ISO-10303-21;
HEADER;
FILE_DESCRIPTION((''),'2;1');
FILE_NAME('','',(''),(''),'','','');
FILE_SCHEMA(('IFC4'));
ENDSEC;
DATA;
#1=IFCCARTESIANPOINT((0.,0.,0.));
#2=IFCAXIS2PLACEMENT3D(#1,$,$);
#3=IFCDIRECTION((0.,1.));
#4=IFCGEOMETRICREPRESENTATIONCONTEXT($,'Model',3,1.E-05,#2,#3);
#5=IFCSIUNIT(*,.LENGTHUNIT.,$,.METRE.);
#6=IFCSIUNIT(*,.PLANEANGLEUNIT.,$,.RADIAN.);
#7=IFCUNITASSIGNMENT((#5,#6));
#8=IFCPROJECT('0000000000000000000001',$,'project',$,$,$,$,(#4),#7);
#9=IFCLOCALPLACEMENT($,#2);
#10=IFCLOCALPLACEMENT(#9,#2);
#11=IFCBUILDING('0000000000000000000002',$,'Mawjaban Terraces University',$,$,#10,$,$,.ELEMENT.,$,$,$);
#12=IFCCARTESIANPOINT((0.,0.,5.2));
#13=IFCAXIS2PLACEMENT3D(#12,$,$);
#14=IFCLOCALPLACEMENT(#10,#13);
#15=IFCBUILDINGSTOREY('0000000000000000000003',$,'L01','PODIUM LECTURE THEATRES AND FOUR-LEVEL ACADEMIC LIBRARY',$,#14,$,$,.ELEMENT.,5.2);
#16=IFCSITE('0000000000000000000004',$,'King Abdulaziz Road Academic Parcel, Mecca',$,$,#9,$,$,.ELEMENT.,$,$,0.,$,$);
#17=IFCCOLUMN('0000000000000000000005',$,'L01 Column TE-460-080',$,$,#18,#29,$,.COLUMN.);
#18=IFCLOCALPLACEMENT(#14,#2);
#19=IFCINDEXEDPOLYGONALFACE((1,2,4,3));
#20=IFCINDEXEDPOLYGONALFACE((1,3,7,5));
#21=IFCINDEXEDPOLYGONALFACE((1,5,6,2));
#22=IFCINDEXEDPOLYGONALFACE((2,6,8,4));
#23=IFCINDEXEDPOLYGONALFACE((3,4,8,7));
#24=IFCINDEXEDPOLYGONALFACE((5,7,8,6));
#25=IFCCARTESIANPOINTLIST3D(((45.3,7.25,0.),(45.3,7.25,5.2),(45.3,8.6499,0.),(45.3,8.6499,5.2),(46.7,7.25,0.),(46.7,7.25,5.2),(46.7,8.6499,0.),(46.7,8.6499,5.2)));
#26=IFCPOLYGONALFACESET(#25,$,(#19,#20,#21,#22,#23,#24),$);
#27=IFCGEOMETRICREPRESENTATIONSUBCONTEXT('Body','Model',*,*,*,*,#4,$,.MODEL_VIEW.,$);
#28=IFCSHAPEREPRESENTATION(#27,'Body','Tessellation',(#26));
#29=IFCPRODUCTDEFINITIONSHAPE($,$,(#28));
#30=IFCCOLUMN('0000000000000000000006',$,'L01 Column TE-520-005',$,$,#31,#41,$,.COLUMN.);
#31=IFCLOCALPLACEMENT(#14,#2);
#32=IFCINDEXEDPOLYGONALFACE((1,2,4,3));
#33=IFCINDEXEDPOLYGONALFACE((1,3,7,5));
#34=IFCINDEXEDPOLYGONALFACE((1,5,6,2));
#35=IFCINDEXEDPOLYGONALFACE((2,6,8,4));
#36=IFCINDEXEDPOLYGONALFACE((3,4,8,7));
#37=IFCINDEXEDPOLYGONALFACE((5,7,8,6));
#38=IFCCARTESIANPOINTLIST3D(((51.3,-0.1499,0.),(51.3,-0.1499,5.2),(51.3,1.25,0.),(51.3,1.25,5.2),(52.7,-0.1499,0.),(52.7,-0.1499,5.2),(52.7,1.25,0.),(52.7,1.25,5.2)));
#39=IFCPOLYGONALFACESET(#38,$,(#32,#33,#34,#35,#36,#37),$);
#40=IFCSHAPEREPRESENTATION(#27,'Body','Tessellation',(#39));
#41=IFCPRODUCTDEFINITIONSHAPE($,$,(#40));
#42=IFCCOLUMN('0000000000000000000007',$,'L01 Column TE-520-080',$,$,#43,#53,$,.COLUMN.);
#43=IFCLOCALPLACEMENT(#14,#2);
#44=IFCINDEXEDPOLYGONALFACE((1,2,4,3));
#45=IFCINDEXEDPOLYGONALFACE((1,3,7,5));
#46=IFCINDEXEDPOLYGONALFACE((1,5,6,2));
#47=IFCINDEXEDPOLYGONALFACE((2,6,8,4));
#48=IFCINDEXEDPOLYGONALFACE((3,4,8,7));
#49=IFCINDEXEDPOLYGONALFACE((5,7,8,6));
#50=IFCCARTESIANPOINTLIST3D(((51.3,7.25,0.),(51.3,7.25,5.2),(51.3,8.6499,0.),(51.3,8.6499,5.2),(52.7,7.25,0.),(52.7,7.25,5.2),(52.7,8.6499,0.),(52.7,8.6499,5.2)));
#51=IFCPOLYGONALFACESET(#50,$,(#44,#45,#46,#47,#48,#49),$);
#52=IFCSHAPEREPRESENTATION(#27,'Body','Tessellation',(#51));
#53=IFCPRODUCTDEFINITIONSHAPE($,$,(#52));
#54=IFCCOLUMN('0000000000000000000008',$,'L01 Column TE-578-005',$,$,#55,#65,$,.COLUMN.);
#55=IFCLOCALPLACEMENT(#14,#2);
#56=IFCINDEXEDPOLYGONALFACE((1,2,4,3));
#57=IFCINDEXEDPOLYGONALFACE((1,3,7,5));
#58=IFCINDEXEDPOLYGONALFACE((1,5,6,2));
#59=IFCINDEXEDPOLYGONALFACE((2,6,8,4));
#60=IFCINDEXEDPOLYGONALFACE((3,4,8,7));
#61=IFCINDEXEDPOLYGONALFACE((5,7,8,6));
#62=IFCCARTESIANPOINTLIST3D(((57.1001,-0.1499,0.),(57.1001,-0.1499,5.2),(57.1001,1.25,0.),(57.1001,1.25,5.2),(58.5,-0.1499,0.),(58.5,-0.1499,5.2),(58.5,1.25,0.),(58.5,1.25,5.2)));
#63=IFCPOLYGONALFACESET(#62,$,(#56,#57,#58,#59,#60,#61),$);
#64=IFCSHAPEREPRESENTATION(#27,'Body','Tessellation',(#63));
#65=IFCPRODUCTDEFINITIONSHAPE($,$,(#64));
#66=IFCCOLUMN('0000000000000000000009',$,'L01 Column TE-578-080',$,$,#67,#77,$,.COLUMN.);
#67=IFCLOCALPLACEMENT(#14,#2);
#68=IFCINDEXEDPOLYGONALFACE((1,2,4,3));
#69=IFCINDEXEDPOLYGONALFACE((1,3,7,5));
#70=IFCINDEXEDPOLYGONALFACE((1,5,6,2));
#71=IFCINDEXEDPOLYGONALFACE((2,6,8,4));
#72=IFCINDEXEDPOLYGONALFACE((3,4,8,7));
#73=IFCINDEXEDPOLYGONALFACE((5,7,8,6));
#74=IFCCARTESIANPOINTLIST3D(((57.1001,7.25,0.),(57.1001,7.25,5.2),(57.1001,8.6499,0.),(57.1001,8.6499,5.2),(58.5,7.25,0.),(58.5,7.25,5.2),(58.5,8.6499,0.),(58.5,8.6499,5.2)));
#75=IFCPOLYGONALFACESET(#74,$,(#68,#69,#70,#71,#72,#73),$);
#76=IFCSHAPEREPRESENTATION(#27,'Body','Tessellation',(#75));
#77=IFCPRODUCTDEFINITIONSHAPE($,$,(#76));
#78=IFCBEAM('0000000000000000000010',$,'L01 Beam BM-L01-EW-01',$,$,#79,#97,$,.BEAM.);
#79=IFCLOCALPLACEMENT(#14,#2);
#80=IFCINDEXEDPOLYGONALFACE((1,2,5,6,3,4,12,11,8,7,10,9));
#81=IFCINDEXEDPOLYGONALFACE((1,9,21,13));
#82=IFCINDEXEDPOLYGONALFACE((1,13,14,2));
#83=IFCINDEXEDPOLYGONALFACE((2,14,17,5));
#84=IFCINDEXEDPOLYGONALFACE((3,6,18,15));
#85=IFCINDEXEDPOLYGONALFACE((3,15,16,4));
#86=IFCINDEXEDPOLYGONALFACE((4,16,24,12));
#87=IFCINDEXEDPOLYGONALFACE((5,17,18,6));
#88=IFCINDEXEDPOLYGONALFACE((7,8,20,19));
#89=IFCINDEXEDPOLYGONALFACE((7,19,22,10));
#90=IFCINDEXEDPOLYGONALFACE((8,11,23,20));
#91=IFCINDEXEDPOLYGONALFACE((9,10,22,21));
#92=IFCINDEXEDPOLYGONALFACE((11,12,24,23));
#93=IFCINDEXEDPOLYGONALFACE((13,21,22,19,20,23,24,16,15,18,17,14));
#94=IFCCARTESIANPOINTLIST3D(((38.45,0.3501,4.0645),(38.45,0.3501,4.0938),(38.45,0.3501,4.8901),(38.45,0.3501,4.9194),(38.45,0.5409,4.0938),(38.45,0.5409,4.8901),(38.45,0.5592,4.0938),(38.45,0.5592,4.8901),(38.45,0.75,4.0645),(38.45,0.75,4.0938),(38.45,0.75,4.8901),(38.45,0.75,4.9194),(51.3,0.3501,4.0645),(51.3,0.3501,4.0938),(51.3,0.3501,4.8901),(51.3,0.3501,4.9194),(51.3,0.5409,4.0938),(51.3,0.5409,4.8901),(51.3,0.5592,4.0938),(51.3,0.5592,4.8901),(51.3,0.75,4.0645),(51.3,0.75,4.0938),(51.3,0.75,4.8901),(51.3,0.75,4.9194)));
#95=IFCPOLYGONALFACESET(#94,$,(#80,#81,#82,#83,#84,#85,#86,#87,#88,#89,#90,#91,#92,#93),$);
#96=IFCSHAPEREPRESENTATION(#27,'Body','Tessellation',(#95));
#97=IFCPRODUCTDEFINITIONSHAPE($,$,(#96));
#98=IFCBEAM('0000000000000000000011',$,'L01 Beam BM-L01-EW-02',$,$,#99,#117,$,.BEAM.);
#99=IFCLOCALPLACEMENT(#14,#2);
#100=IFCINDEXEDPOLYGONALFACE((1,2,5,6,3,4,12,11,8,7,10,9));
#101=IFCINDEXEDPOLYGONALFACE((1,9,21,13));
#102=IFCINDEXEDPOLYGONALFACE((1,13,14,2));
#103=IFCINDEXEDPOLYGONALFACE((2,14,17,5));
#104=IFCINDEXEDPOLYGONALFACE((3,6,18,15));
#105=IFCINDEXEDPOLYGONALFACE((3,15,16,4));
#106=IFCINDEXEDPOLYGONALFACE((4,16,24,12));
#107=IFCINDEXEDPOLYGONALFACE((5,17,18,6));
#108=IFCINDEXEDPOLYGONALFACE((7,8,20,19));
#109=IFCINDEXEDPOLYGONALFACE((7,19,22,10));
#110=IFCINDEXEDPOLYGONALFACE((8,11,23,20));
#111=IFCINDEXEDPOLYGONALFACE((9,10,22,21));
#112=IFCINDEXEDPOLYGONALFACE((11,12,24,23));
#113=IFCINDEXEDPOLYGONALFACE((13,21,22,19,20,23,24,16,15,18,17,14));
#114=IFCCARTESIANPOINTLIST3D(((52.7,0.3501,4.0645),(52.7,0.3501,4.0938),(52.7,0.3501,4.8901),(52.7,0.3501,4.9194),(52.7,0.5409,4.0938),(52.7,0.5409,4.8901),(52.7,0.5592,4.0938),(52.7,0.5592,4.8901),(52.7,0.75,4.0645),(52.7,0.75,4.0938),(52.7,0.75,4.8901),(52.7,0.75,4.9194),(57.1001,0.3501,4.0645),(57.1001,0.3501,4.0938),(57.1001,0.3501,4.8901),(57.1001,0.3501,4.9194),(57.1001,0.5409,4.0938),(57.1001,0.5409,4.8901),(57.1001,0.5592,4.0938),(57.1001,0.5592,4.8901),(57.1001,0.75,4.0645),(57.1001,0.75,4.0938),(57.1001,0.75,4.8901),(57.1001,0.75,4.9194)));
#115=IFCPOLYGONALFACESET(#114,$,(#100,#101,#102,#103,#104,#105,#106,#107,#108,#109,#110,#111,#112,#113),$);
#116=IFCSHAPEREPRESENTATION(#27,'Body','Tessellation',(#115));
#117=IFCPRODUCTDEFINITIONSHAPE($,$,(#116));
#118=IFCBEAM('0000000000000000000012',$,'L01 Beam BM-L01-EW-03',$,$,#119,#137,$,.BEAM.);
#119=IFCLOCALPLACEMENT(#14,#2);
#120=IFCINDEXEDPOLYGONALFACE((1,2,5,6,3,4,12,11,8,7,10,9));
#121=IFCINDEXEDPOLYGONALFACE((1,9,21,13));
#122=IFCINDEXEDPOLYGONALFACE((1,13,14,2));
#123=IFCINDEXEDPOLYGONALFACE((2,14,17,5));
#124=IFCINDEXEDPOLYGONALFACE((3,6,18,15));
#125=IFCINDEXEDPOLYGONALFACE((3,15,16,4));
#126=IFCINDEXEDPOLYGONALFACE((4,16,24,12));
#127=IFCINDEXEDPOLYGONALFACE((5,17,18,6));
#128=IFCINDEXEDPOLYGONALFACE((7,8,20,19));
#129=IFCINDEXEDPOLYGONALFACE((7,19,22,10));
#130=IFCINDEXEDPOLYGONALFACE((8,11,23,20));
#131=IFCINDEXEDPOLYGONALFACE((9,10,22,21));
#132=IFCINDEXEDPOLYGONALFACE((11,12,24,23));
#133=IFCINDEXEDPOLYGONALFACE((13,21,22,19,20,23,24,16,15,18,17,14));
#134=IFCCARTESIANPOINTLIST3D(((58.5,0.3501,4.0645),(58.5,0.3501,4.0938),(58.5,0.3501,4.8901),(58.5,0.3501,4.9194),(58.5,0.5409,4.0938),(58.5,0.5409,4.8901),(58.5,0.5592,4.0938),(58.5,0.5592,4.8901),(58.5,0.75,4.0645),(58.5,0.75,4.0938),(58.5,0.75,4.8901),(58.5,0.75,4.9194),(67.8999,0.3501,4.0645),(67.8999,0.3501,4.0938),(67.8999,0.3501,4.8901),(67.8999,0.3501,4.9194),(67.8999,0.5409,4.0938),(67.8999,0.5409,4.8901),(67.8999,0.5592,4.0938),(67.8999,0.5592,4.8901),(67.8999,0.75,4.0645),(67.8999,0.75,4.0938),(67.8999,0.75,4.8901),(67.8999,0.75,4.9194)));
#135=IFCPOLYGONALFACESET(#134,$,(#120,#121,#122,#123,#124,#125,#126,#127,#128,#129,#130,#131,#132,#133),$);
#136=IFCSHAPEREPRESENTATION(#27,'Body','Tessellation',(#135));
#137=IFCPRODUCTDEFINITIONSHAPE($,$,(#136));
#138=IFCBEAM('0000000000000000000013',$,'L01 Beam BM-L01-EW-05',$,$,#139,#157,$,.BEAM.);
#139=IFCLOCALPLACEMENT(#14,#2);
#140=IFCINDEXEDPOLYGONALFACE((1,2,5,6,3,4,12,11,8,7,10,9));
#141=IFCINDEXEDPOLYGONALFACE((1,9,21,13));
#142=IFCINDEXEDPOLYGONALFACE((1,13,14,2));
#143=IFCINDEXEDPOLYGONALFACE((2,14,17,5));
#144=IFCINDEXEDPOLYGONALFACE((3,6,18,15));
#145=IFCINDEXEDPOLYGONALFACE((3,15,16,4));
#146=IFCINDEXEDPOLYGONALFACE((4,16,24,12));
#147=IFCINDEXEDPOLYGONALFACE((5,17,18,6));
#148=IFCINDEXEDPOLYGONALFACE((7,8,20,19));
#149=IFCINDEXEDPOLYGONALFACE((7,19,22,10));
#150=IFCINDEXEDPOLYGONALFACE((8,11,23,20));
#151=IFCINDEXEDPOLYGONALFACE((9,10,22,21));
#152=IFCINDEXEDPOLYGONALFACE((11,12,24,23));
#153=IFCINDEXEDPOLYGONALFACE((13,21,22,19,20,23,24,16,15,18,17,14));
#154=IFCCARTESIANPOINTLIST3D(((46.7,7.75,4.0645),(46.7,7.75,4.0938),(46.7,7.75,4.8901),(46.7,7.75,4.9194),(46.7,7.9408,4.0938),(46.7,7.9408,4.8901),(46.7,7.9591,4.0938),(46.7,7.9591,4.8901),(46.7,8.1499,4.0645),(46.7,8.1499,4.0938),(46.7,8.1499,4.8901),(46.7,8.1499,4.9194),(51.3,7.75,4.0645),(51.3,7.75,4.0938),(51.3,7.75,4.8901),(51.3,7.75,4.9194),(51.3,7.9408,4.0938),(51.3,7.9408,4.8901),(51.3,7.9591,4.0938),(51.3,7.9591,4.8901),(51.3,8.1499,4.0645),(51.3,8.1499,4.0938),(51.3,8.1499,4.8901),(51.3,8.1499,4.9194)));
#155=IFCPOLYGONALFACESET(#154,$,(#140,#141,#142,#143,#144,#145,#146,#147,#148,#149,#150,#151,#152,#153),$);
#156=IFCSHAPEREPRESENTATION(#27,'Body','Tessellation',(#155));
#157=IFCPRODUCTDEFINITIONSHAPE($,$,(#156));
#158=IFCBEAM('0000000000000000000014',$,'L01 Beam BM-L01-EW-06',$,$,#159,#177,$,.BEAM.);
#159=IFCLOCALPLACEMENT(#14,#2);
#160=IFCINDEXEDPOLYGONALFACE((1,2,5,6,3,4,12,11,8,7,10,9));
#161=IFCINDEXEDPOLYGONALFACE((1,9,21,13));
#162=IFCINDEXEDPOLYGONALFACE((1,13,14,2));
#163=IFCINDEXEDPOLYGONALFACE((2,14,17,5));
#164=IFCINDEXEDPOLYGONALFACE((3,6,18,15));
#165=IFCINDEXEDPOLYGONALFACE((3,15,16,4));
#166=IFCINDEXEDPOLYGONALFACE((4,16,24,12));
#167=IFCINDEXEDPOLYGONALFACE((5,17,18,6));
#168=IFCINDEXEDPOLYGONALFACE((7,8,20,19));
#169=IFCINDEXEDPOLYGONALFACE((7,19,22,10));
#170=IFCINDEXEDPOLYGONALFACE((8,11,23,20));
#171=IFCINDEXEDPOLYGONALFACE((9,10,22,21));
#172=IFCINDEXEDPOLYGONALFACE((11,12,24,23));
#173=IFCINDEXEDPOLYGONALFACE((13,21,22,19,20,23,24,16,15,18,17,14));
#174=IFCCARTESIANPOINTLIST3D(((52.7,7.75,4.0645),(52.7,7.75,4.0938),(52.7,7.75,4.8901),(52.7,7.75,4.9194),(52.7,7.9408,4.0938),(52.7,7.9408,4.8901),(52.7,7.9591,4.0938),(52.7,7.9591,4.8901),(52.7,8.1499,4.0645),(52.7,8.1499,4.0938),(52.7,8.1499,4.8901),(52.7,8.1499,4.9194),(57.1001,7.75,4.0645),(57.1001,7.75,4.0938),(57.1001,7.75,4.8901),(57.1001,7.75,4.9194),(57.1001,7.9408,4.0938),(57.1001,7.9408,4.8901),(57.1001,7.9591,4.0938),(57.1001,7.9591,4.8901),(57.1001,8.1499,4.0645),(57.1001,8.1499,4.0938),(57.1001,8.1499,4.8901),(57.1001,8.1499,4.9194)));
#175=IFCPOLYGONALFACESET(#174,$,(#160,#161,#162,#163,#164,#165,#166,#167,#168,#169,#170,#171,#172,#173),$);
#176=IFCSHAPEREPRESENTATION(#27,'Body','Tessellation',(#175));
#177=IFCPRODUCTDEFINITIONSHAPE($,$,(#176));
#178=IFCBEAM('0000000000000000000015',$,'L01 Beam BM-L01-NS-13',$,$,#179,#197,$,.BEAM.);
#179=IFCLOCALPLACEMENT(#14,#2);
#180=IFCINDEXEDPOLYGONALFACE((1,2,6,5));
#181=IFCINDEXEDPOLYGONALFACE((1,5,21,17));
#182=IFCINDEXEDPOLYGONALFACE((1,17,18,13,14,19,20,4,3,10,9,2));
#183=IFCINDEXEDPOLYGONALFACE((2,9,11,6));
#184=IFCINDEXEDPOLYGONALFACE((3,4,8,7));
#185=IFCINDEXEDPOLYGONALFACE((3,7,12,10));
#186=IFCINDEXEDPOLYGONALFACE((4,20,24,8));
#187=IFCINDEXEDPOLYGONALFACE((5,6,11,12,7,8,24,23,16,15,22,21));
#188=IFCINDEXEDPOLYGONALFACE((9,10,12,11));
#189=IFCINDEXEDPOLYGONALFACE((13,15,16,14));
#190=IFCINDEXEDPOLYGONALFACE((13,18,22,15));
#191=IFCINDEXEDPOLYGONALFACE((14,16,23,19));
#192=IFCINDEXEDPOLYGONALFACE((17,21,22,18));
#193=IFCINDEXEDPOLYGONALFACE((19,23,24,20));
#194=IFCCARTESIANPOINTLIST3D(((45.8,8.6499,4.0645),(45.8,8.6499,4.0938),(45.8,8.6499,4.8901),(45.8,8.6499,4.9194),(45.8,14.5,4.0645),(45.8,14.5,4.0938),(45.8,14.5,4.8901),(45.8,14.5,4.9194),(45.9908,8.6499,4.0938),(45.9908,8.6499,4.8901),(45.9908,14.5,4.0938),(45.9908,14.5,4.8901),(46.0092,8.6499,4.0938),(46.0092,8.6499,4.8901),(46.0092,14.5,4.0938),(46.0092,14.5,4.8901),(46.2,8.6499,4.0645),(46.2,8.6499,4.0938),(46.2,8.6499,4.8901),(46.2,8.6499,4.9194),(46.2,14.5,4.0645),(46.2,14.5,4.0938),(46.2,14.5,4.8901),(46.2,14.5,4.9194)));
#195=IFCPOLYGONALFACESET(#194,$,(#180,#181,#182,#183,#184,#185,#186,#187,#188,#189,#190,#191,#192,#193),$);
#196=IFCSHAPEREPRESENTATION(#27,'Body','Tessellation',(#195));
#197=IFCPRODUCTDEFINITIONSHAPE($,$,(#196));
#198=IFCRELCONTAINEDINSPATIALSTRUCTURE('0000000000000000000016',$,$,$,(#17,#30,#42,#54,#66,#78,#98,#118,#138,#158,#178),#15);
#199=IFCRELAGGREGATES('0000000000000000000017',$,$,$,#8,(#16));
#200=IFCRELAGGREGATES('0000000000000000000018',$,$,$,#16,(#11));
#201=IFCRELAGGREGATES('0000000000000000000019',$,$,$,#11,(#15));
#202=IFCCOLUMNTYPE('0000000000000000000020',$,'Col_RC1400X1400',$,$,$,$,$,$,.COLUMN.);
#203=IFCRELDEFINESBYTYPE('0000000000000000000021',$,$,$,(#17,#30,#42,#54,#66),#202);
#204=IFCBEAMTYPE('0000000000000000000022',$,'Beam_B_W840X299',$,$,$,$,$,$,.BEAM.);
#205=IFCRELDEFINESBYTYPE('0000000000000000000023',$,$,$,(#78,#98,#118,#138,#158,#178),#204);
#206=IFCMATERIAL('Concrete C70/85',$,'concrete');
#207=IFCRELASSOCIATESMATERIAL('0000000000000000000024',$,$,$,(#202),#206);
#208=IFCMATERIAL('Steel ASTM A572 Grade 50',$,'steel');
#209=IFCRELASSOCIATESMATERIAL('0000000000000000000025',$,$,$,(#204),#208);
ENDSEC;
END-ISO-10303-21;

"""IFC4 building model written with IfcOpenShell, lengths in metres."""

from ifc_helpers import new_model, si_unit, direction, frame, origin, origin_2d, place, context, subcontext, project, spatial, rectangle, i_section, extrude, material, material_profile, profile_set, type_object, element, save


model = new_model("IFC4")

# Units and contexts
model_context = context("Model", 3, precision=1e-05, world=origin(), true_north=direction((0.0, 1.0)))
body_context = subcontext(model_context, "Body", "Model", "MODEL_VIEW")
ifc_project = project(units=[si_unit("LENGTHUNIT", "METRE"), si_unit("PLANEANGLEUNIT", "RADIAN")], contexts=[model_context])

# Site, building, storey
site_placement = place(None, origin())
site = spatial("IfcSite", under=ifc_project, at=site_placement, Name="King Abdulaziz Road Academic Parcel, Mecca", CompositionType="ELEMENT", RefElevation=0.0)
building_placement = place(site_placement, origin())
building = spatial("IfcBuilding", under=site, at=building_placement, Name="Mawjaban Terraces University", CompositionType="ELEMENT")
storey_placement = place(building_placement, frame((0.0, 0.0, 5.2)))
storey = spatial("IfcBuildingStorey", under=building, at=storey_placement, Name="L01", Description="PODIUM LECTURE THEATRES AND FOUR-LEVEL ACADEMIC LIBRARY", CompositionType="ELEMENT", Elevation=5.2)

# Columns
ifc_material_1 = material(Name="Concrete C70/85", Category="concrete")
ifc_material_profile_1 = material_profile(ifc_material_1, rectangle(XDim=1.3999, YDim=1.3999, at=origin_2d()), Name="RC1400X1400")
ifc_profile_set_1 = profile_set([ifc_material_profile_1], Name="Concrete C70/85")
column_type = type_object("IfcColumnType", Name="Col_RC1400X1400", PredefinedType="COLUMN", material=ifc_profile_set_1)
for number, where, z_axis, x_axis, name in (
    (1, (46.0, 7.95, 0.0), (0.0, 0.0, 1.0), (1.0, 0.0, 0.0), "L01 Column TE-460-080"),
    (2, (52.0, 0.55, 0.0), (0.0, 0.0, 1.0), (1.0, 0.0, 0.0), "L01 Column TE-520-005"),
    (3, (52.0, 7.95, 0.0), (0.0, 0.0, 1.0), (1.0, 0.0, 0.0), "L01 Column TE-520-080"),
    (4, (57.8, 0.55, 0.0), (0.0, 0.0, 1.0), (1.0, 0.0, 0.0), "L01 Column TE-578-005"),
    (5, (57.8, 7.95, 0.0), (0.0, 0.0, 1.0), (1.0, 0.0, 0.0), "L01 Column TE-578-080"),
):
    element("IfcColumn", number, at=place(storey_placement, frame(where, z_axis=z_axis, x_axis=x_axis)), inside=storey, type_object=column_type, Name=name, PredefinedType="COLUMN", context=body_context, shape_type="SweptSolid", body=[
        extrude(rectangle(XDim=1.3999, YDim=1.3999, at=origin_2d()), origin(), (0.0, 0.0, 1.0), 5.2),
    ])

# Beams
ifc_material_2 = material(Name="Steel ASTM A572 Grade 50", Category="steel")
ifc_material_profile_2 = material_profile(ifc_material_2, i_section(OverallWidth=0.3999, OverallDepth=0.855, WebThickness=0.0183, FlangeThickness=0.0293, at=origin_2d()), Name="W840X299")
ifc_profile_set_2 = profile_set([ifc_material_profile_2], Name="Steel ASTM A572 Grade 50")
beam_type_1 = type_object("IfcBeamType", Name="Beam_B_W840X299", PredefinedType="BEAM", material=ifc_profile_set_2)
beam_1_placement = place(storey_placement, frame((38.45, 0.55, 4.4919), z_axis=(1.0, 0.0, 0.0), x_axis=(0.0, 1.0, 0.0)))
element("IfcBeam", 6, at=beam_1_placement, inside=storey, type_object=beam_type_1, Name="L01 Beam BM-L01-EW-01", PredefinedType="BEAM", context=body_context, shape_type="SweptSolid", body=[
    extrude(i_section(OverallWidth=0.3999, OverallDepth=0.855, WebThickness=0.0183, FlangeThickness=0.0293, at=origin_2d()), origin(), (0.0, 0.0, 1.0), 12.8501),
])
beam_2_placement = place(storey_placement, frame((52.7, 0.55, 4.4919), z_axis=(1.0, 0.0, 0.0), x_axis=(0.0, 1.0, 0.0)))
element("IfcBeam", 7, at=beam_2_placement, inside=storey, type_object=beam_type_1, Name="L01 Beam BM-L01-EW-02", PredefinedType="BEAM", context=body_context, shape_type="SweptSolid", body=[
    extrude(i_section(OverallWidth=0.3999, OverallDepth=0.855, WebThickness=0.0183, FlangeThickness=0.0293, at=origin_2d()), origin(), (0.0, 0.0, 1.0), 4.4001),
])
beam_3_placement = place(storey_placement, frame((58.5, 0.55, 4.4919), z_axis=(1.0, 0.0, 0.0), x_axis=(0.0, 1.0, 0.0)))
element("IfcBeam", 8, at=beam_3_placement, inside=storey, type_object=beam_type_1, Name="L01 Beam BM-L01-EW-03", PredefinedType="BEAM", context=body_context, shape_type="SweptSolid", body=[
    extrude(i_section(OverallWidth=0.3999, OverallDepth=0.855, WebThickness=0.0183, FlangeThickness=0.0293, at=origin_2d()), origin(), (0.0, 0.0, 1.0), 9.3999),
])
beam_4_placement = place(storey_placement, frame((46.7, 7.95, 4.4919), z_axis=(1.0, 0.0, 0.0), x_axis=(0.0, 1.0, 0.0)))
element("IfcBeam", 9, at=beam_4_placement, inside=storey, type_object=beam_type_1, Name="L01 Beam BM-L01-EW-05", PredefinedType="BEAM", context=body_context, shape_type="SweptSolid", body=[
    extrude(i_section(OverallWidth=0.3999, OverallDepth=0.855, WebThickness=0.0183, FlangeThickness=0.0293, at=origin_2d()), origin(), (0.0, 0.0, 1.0), 4.6001),
])
beam_5_placement = place(storey_placement, frame((52.7, 7.95, 4.4919), z_axis=(1.0, 0.0, 0.0), x_axis=(0.0, 1.0, 0.0)))
element("IfcBeam", 10, at=beam_5_placement, inside=storey, type_object=beam_type_1, Name="L01 Beam BM-L01-EW-06", PredefinedType="BEAM", context=body_context, shape_type="SweptSolid", body=[
    extrude(i_section(OverallWidth=0.3999, OverallDepth=0.855, WebThickness=0.0183, FlangeThickness=0.0293, at=origin_2d()), origin(), (0.0, 0.0, 1.0), 4.4001),
])
beam_6_placement = place(storey_placement, frame((46.0, 8.6499, 4.4919), z_axis=(0.0, 1.0, 0.0), x_axis=(-1.0, 0.0, 0.0)))
element("IfcBeam", 11, at=beam_6_placement, inside=storey, type_object=beam_type_1, Name="L01 Beam BM-L01-NS-13", PredefinedType="BEAM", context=body_context, shape_type="SweptSolid", body=[
    extrude(i_section(OverallWidth=0.3999, OverallDepth=0.855, WebThickness=0.0183, FlangeThickness=0.0293, at=origin_2d()), origin(), (0.0, 0.0, 1.0), 5.8501),
])

save(model, "model.ifc")
